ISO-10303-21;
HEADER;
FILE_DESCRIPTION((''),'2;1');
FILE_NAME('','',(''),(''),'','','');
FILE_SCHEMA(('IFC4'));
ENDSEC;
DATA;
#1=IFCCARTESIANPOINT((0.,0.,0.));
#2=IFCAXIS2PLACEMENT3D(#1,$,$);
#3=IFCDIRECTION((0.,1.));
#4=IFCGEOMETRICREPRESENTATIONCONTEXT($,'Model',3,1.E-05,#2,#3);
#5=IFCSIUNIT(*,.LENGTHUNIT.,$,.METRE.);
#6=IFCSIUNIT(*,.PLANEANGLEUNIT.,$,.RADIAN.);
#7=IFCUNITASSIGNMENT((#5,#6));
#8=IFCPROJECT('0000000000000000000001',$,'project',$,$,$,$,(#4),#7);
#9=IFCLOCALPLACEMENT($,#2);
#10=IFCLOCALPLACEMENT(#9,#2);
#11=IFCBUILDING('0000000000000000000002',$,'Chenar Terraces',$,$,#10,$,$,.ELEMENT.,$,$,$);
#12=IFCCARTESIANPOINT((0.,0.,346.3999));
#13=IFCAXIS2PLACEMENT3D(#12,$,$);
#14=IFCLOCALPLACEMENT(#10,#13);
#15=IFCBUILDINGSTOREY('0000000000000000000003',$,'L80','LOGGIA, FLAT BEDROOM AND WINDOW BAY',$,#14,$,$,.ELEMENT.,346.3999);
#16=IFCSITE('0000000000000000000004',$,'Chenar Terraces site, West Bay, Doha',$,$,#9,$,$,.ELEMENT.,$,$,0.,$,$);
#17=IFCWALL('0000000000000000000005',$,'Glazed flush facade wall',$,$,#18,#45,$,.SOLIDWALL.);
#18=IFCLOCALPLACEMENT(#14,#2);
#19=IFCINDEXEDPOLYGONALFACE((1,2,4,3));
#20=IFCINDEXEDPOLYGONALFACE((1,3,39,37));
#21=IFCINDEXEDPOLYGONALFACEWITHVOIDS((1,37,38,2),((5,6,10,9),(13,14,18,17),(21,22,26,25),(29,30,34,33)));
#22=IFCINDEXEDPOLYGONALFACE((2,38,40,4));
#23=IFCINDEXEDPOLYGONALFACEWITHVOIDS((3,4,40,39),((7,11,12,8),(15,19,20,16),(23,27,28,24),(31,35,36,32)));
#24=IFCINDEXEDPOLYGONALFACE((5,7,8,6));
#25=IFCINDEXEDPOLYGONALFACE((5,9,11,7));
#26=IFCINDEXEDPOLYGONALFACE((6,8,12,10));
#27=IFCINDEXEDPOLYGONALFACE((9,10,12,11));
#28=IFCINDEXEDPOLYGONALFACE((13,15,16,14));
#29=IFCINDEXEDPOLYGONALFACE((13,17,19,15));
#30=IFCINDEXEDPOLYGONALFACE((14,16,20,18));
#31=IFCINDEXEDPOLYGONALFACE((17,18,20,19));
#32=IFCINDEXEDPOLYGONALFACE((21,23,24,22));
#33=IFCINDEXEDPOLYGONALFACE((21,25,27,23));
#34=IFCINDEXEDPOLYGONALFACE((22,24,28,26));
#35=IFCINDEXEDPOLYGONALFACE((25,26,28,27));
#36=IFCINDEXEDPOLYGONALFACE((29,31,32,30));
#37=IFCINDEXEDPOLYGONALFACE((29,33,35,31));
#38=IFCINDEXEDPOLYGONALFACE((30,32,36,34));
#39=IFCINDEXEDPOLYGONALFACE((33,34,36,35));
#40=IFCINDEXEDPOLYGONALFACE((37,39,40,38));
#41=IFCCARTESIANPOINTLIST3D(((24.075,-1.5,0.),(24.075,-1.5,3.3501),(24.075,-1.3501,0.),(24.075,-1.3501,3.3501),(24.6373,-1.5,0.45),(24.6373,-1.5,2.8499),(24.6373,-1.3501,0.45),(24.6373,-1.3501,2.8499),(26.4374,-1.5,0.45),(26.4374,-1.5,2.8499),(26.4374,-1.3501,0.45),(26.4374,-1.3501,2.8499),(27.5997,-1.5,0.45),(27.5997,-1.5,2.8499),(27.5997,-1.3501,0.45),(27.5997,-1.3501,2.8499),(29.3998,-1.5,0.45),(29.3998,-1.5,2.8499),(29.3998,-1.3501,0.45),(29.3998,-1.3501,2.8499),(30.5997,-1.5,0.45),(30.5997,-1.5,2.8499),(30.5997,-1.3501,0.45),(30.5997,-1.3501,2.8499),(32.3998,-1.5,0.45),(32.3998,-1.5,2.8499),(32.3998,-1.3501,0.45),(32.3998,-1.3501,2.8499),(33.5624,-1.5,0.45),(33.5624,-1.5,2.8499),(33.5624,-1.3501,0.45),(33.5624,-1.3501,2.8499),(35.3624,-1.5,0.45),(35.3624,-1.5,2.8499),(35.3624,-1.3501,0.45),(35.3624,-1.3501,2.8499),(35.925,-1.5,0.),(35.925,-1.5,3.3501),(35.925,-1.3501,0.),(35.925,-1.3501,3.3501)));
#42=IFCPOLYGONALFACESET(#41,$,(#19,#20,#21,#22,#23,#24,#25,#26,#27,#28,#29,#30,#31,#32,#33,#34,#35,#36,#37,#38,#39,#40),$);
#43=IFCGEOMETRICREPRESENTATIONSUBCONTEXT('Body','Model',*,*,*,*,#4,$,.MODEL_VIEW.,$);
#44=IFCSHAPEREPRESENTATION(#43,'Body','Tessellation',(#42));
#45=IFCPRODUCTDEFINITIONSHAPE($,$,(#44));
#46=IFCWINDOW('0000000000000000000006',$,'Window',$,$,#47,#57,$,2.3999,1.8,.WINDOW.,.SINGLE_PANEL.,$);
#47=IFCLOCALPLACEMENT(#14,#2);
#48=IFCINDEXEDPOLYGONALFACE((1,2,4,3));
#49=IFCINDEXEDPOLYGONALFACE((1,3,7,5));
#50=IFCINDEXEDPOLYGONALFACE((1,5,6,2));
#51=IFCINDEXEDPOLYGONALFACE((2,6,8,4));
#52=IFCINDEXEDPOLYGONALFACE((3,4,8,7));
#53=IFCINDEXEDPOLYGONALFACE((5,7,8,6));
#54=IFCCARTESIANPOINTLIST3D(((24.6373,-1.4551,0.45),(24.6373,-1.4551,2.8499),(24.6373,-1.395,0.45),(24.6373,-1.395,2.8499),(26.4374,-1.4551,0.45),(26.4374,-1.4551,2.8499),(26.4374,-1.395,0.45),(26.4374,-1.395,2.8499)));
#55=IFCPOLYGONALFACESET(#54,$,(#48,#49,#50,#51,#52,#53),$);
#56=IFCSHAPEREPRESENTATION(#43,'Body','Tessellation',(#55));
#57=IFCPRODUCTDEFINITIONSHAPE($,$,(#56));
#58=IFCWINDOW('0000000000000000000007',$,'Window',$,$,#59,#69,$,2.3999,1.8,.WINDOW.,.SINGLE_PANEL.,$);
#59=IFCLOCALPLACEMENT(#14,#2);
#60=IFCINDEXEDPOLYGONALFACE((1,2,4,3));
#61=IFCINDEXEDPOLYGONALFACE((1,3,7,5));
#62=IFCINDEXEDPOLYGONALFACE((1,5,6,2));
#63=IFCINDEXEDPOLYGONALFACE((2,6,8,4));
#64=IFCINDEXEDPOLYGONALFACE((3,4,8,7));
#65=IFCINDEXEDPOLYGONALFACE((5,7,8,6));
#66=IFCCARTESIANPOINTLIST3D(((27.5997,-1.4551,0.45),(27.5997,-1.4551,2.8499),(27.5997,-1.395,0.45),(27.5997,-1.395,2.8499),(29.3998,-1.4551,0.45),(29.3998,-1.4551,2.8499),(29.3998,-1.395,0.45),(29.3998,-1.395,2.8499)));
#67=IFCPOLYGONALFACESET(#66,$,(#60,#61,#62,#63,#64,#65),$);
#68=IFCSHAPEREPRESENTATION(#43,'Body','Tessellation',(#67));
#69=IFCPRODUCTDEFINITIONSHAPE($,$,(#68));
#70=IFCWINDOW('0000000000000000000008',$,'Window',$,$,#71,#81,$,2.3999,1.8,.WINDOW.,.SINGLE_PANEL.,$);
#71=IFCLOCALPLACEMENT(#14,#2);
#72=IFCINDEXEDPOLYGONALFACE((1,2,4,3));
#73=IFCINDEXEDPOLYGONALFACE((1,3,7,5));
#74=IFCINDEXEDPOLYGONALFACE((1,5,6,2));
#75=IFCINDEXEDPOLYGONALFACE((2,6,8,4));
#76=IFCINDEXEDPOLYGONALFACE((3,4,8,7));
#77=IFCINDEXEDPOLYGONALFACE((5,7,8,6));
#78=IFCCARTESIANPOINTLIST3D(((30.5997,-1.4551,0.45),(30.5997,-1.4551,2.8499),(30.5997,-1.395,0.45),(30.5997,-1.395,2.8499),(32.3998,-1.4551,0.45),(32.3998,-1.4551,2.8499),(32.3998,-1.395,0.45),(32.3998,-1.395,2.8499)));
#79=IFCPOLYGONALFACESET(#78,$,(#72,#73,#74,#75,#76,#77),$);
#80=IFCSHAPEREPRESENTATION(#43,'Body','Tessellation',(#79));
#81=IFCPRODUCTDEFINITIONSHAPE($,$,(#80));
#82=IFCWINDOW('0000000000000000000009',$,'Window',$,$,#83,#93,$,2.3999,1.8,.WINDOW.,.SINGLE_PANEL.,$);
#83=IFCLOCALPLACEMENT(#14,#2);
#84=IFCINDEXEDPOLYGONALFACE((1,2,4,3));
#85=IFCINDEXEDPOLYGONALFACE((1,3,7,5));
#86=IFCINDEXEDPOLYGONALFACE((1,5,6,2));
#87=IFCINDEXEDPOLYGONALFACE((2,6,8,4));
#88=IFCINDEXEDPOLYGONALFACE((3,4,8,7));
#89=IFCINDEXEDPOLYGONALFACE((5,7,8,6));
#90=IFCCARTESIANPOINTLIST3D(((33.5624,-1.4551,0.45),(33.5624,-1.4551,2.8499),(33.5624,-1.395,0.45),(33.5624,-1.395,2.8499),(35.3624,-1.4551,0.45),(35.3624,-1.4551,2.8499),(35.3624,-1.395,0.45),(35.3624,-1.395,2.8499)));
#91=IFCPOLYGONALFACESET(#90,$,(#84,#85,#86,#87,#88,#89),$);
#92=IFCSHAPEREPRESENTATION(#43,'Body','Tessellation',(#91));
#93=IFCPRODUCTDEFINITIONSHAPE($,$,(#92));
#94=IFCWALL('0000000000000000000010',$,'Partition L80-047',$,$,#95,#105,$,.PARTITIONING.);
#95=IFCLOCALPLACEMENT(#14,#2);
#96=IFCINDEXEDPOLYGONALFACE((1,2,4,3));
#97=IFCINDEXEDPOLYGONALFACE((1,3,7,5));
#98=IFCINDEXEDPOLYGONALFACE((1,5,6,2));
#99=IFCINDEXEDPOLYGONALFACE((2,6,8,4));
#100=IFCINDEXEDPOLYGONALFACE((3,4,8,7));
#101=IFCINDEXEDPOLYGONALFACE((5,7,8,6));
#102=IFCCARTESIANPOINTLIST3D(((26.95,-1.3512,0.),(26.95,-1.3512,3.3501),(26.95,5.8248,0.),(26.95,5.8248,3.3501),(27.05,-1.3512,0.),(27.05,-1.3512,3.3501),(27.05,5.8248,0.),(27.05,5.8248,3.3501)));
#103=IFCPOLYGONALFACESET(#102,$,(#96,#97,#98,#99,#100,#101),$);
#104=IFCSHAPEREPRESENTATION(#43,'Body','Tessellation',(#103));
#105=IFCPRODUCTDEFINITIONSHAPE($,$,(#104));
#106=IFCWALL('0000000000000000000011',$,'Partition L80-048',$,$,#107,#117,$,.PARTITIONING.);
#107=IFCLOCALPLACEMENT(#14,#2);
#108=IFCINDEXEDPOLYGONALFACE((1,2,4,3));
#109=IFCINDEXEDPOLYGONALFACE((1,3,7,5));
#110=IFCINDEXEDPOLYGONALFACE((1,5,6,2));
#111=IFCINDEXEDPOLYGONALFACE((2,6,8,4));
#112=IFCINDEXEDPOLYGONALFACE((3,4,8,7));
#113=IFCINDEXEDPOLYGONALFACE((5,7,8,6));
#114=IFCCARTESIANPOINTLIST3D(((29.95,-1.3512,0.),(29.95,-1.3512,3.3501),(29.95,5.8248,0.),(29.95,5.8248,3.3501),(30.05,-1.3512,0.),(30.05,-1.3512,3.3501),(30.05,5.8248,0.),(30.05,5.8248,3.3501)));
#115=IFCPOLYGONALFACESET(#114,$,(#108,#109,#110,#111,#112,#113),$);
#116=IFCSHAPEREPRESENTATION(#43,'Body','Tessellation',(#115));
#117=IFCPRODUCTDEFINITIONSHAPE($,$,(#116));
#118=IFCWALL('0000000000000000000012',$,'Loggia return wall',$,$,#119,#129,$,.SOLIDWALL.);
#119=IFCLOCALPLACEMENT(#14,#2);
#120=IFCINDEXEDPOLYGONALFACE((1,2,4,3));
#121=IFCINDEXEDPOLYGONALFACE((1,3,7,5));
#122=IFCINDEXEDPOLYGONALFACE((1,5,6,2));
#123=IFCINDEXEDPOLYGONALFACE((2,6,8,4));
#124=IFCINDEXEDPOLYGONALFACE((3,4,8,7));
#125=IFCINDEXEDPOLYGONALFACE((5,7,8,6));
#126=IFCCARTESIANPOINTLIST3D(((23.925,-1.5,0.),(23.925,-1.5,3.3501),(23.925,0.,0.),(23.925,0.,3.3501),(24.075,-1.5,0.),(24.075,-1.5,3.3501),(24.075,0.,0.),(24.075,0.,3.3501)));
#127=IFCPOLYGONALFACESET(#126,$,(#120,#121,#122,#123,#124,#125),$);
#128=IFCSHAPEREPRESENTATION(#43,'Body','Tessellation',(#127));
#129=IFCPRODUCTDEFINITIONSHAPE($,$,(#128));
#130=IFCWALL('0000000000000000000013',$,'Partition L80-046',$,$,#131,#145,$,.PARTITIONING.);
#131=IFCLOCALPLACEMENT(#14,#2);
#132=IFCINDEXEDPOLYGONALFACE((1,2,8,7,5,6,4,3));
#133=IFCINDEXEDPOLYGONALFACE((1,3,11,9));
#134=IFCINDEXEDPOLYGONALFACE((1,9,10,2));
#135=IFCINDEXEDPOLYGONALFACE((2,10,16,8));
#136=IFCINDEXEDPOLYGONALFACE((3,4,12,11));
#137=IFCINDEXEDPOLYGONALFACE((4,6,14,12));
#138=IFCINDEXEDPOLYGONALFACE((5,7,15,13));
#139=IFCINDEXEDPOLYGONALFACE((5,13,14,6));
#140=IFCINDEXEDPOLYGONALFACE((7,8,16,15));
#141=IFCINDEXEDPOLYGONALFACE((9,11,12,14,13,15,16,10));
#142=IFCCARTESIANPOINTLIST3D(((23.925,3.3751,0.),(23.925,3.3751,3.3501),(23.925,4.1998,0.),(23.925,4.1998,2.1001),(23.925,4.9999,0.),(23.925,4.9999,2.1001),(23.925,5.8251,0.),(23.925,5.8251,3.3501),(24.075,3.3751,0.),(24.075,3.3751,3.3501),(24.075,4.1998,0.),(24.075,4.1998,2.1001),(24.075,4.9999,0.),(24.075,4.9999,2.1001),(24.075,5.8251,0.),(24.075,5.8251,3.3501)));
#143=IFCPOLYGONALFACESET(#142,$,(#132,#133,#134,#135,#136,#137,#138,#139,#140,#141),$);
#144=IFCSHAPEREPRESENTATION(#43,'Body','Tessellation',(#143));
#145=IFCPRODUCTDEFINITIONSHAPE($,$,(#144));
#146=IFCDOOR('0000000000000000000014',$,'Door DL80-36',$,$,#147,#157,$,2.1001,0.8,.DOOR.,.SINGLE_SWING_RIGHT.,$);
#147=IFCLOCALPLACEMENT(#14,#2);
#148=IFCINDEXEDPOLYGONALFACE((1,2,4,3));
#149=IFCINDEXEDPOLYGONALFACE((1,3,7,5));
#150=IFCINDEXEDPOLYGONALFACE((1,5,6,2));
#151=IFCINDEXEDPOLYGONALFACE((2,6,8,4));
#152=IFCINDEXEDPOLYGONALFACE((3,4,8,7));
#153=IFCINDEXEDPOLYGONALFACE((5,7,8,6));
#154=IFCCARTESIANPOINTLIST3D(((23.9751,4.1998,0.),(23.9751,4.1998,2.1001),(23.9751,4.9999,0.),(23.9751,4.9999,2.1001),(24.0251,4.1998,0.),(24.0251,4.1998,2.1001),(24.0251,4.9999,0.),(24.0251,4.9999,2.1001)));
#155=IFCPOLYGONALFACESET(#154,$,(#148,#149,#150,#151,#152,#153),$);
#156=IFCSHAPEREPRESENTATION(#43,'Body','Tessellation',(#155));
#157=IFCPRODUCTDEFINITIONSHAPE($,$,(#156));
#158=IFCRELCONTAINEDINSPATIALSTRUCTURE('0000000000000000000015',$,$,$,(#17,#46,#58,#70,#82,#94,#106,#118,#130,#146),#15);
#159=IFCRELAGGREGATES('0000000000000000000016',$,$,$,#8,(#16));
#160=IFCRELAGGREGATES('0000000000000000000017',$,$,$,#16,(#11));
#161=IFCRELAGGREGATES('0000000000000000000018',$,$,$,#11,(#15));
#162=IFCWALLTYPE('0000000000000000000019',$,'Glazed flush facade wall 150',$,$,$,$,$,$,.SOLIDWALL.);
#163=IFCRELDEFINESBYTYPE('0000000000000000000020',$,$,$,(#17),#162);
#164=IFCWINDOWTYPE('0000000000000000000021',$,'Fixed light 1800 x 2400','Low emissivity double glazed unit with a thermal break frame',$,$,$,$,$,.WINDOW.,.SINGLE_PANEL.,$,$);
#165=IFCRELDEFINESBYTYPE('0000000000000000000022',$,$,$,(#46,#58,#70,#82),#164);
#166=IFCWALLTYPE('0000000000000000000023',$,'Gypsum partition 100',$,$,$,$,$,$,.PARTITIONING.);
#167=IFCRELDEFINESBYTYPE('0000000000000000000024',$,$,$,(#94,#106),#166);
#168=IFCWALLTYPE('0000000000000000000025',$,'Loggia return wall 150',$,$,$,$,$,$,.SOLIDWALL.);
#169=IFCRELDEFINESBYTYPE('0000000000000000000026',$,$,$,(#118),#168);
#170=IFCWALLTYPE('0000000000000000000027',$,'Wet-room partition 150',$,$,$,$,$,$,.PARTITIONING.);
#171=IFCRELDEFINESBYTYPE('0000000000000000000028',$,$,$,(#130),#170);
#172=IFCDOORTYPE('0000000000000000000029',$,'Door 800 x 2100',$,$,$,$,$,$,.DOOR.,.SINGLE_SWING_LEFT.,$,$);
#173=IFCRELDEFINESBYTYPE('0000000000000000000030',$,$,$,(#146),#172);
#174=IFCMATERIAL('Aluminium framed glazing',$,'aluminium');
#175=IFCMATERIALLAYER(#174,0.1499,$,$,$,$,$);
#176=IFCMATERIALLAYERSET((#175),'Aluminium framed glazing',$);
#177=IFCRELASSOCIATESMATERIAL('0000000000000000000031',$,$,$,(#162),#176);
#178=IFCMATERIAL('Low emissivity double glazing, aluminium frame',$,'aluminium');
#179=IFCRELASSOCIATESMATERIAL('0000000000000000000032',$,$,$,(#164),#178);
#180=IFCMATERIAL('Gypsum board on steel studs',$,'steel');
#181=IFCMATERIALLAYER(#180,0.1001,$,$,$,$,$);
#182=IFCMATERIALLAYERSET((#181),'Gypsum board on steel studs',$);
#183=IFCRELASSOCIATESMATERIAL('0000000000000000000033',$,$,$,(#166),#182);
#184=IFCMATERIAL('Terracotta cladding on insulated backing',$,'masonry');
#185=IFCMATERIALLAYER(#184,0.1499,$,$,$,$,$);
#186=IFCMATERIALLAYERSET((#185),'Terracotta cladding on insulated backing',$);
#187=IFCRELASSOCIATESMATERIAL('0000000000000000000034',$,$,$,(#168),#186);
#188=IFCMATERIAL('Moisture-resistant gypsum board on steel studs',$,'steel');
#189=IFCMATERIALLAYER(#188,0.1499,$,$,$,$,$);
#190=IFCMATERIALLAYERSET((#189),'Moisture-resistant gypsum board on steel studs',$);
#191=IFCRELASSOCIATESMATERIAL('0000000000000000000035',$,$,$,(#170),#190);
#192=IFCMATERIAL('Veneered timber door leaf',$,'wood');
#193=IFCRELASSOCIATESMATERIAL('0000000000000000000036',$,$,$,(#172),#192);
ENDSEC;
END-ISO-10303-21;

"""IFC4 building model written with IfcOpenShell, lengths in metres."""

from ifc_helpers import new_model, si_unit, direction, frame, frame_2d, origin, place, context, subcontext, project, spatial, rectangle, extrude, material, layer, layer_set, type_object, element, fill, save


model = new_model("IFC4")

# Units and contexts
model_context = context("Model", 3, precision=1e-05, world=origin(), true_north=direction((0.0, 1.0)))
body_context = subcontext(model_context, "Body", "Model", "MODEL_VIEW")
ifc_project = project(units=[si_unit("LENGTHUNIT", "METRE"), si_unit("PLANEANGLEUNIT", "RADIAN")], contexts=[model_context])

# Site, building, storey
site_placement = place(None, origin())
site = spatial("IfcSite", under=ifc_project, at=site_placement, Name="Chenar Terraces site, West Bay, Doha", CompositionType="ELEMENT", RefElevation=0.0)
building_placement = place(site_placement, origin())
building = spatial("IfcBuilding", under=site, at=building_placement, Name="Chenar Terraces", CompositionType="ELEMENT")
storey_placement = place(building_placement, frame((0.0, 0.0, 346.3999)))
storey = spatial("IfcBuildingStorey", under=building, at=storey_placement, Name="L80", Description="LOGGIA, FLAT BEDROOM AND WINDOW BAY", CompositionType="ELEMENT", Elevation=346.3999)

# Wall, openings, windows
ifc_material_1 = material(Name="Aluminium framed glazing", Category="aluminium")
ifc_layer_1 = layer(ifc_material_1, 0.1499)
ifc_layer_set_1 = layer_set([ifc_layer_1], Name="Aluminium framed glazing")
wall_type_1 = type_object("IfcWallType", Name="Glazed flush facade wall 150", PredefinedType="SOLIDWALL", material=ifc_layer_set_1)
wall_1_placement = place(storey_placement, frame((24.075, -1.425, 0.0), z_axis=(0.0, 0.0, 1.0), x_axis=(1.0, 0.0, 0.0)))
wall_1 = element("IfcWall", 1, at=wall_1_placement, inside=storey, type_object=wall_type_1, Name="Glazed flush facade wall", PredefinedType="SOLIDWALL", context=body_context, shape_type="SweptSolid", body=[
    extrude(rectangle(XDim=11.8501, YDim=0.1499, at=frame_2d((5.925, 0.0))), origin(), (0.0, 0.0, 1.0), 3.3501),
])
opening_1_placement = place(wall_1_placement, frame((0.5625, 0.0, 0.45)))
opening_1 = element("IfcOpeningElement", 2, at=opening_1_placement, cuts=wall_1, PredefinedType="OPENING", context=body_context, shape_type="SweptSolid", body=[
    extrude(rectangle(XDim=1.8, YDim=2.3999, at=frame_2d((0.8999, 1.2))), frame((0.0, 0.085, 0.0), z_axis=(0.0, -1.0, 0.0), x_axis=(1.0, 0.0, 0.0)), (0.0, 0.0, 1.0), 0.1699),
])
opening_2_placement = place(wall_1_placement, frame((3.5249, 0.0, 0.45)))
opening_2 = element("IfcOpeningElement", 3, at=opening_2_placement, cuts=wall_1, PredefinedType="OPENING", context=body_context, shape_type="SweptSolid", body=[
    extrude(rectangle(XDim=1.8, YDim=2.3999, at=frame_2d((0.8999, 1.2))), frame((0.0, 0.085, 0.0), z_axis=(0.0, -1.0, 0.0), x_axis=(1.0, 0.0, 0.0)), (0.0, 0.0, 1.0), 0.1699),
])
opening_3_placement = place(wall_1_placement, frame((6.5249, 0.0, 0.45)))
opening_3 = element("IfcOpeningElement", 4, at=opening_3_placement, cuts=wall_1, PredefinedType="OPENING", context=body_context, shape_type="SweptSolid", body=[
    extrude(rectangle(XDim=1.8, YDim=2.3999, at=frame_2d((0.8999, 1.2))), frame((0.0, 0.085, 0.0), z_axis=(0.0, -1.0, 0.0), x_axis=(1.0, 0.0, 0.0)), (0.0, 0.0, 1.0), 0.1699),
])
opening_4_placement = place(wall_1_placement, frame((9.4875, 0.0, 0.45)))
opening_4 = element("IfcOpeningElement", 5, at=opening_4_placement, cuts=wall_1, PredefinedType="OPENING", context=body_context, shape_type="SweptSolid", body=[
    extrude(rectangle(XDim=1.8, YDim=2.3999, at=frame_2d((0.8999, 1.2))), frame((0.0, 0.085, 0.0), z_axis=(0.0, -1.0, 0.0), x_axis=(1.0, 0.0, 0.0)), (0.0, 0.0, 1.0), 0.1699),
])
ifc_material_2 = material(Name="Low emissivity double glazing, aluminium frame", Category="aluminium")
window_type = type_object("IfcWindowType", Name="Fixed light 1800 x 2400", Description="Low emissivity double glazed unit with a thermal break frame", PartitioningType="SINGLE_PANEL", PredefinedType="WINDOW", material=ifc_material_2)
window_1_placement = place(opening_1_placement, origin())
window_1 = element("IfcWindow", 6, at=window_1_placement, inside=storey, type_object=window_type, Name="Window", OverallHeight=2.3999, OverallWidth=1.8, PartitioningType="SINGLE_PANEL", PredefinedType="WINDOW", context=body_context, shape_type="SweptSolid", body=[
    extrude(rectangle(XDim=1.8, YDim=2.3999, at=frame_2d((0.8999, 1.2))), frame((0.0, 0.03, 0.0), z_axis=(0.0, -1.0, 0.0), x_axis=(1.0, 0.0, 0.0)), (0.0, 0.0, 1.0), 0.0601),
])
fill(opening_1, window_1)
window_2_placement = place(opening_2_placement, origin())
window_2 = element("IfcWindow", 7, at=window_2_placement, inside=storey, type_object=window_type, Name="Window", OverallHeight=2.3999, OverallWidth=1.8, PartitioningType="SINGLE_PANEL", PredefinedType="WINDOW", context=body_context, shape_type="SweptSolid", body=[
    extrude(rectangle(XDim=1.8, YDim=2.3999, at=frame_2d((0.8999, 1.2))), frame((0.0, 0.03, 0.0), z_axis=(0.0, -1.0, 0.0), x_axis=(1.0, 0.0, 0.0)), (0.0, 0.0, 1.0), 0.0601),
])
fill(opening_2, window_2)
window_3_placement = place(opening_3_placement, origin())
window_3 = element("IfcWindow", 8, at=window_3_placement, inside=storey, type_object=window_type, Name="Window", OverallHeight=2.3999, OverallWidth=1.8, PartitioningType="SINGLE_PANEL", PredefinedType="WINDOW", context=body_context, shape_type="SweptSolid", body=[
    extrude(rectangle(XDim=1.8, YDim=2.3999, at=frame_2d((0.8999, 1.2))), frame((0.0, 0.03, 0.0), z_axis=(0.0, -1.0, 0.0), x_axis=(1.0, 0.0, 0.0)), (0.0, 0.0, 1.0), 0.0601),
])
fill(opening_3, window_3)
window_4_placement = place(opening_4_placement, origin())
window_4 = element("IfcWindow", 9, at=window_4_placement, inside=storey, type_object=window_type, Name="Window", OverallHeight=2.3999, OverallWidth=1.8, PartitioningType="SINGLE_PANEL", PredefinedType="WINDOW", context=body_context, shape_type="SweptSolid", body=[
    extrude(rectangle(XDim=1.8, YDim=2.3999, at=frame_2d((0.8999, 1.2))), frame((0.0, 0.03, 0.0), z_axis=(0.0, -1.0, 0.0), x_axis=(1.0, 0.0, 0.0)), (0.0, 0.0, 1.0), 0.0601),
])
fill(opening_4, window_4)

# Walls
ifc_material_3 = material(Name="Gypsum board on steel studs", Category="steel")
ifc_layer_2 = layer(ifc_material_3, 0.1001)
ifc_layer_set_2 = layer_set([ifc_layer_2], Name="Gypsum board on steel studs")
wall_type_2 = type_object("IfcWallType", Name="Gypsum partition 100", PredefinedType="PARTITIONING", material=ifc_layer_set_2)
for number, where, z_axis, x_axis, name in (
    (10, (27.0, -1.3511, 0.0), (0.0, 0.0, 1.0), (0.0, 1.0, 0.0), "Partition L80-047"),
    (11, (30.0, -1.3511, 0.0), (0.0, 0.0, 1.0), (0.0, 1.0, 0.0), "Partition L80-048"),
):
    element("IfcWall", number, at=place(storey_placement, frame(where, z_axis=z_axis, x_axis=x_axis)), inside=storey, type_object=wall_type_2, Name=name, PredefinedType="PARTITIONING", context=body_context, shape_type="SweptSolid", body=[
        extrude(rectangle(XDim=7.176, YDim=0.1001, at=frame_2d((3.5879, 0.0))), origin(), (0.0, 0.0, 1.0), 3.3501),
    ])
ifc_material_4 = material(Name="Terracotta cladding on insulated backing", Category="masonry")
ifc_layer_3 = layer(ifc_material_4, 0.1499)
ifc_layer_set_3 = layer_set([ifc_layer_3], Name="Terracotta cladding on insulated backing")
wall_type_3 = type_object("IfcWallType", Name="Loggia return wall 150", PredefinedType="SOLIDWALL", material=ifc_layer_set_3)
wall_2_placement = place(storey_placement, frame((24.0, -1.5, 0.0), z_axis=(0.0, 0.0, 1.0), x_axis=(0.0, 1.0, 0.0)))
element("IfcWall", 12, at=wall_2_placement, inside=storey, type_object=wall_type_3, Name="Loggia return wall", PredefinedType="SOLIDWALL", context=body_context, shape_type="SweptSolid", body=[
    extrude(rectangle(XDim=1.5, YDim=0.1499, at=frame_2d((0.75, 0.0))), origin(), (0.0, 0.0, 1.0), 3.3501),
])

# Wall, opening, door
ifc_material_5 = material(Name="Moisture-resistant gypsum board on steel studs", Category="steel")
ifc_layer_4 = layer(ifc_material_5, 0.1499)
ifc_layer_set_4 = layer_set([ifc_layer_4], Name="Moisture-resistant gypsum board on steel studs")
wall_type_4 = type_object("IfcWallType", Name="Wet-room partition 150", PredefinedType="PARTITIONING", material=ifc_layer_set_4)
wall_3_placement = place(storey_placement, frame((24.0, 3.375, 0.0), z_axis=(0.0, 0.0, 1.0), x_axis=(0.0, 1.0, 0.0)))
wall_3 = element("IfcWall", 13, at=wall_3_placement, inside=storey, type_object=wall_type_4, Name="Partition L80-046", PredefinedType="PARTITIONING", context=body_context, shape_type="SweptSolid", body=[
    extrude(rectangle(XDim=2.45, YDim=0.1499, at=frame_2d((1.2251, 0.0))), origin(), (0.0, 0.0, 1.0), 3.3501),
])
opening_5_placement = place(wall_3_placement, frame((0.825, 0.0, 0.0)))
opening_5 = element("IfcOpeningElement", 14, at=opening_5_placement, cuts=wall_3, PredefinedType="OPENING", context=body_context, shape_type="SweptSolid", body=[
    extrude(rectangle(XDim=0.8, YDim=2.1001, at=frame_2d((0.3999, 1.05))), frame((0.0, 0.085, 0.0), z_axis=(0.0, -1.0, 0.0), x_axis=(1.0, 0.0, 0.0)), (0.0, 0.0, 1.0), 0.1699),
])
ifc_material_6 = material(Name="Veneered timber door leaf", Category="wood")
door_type = type_object("IfcDoorType", Name="Door 800 x 2100", OperationType="SINGLE_SWING_LEFT", PredefinedType="DOOR", material=ifc_material_6)
door_placement = place(opening_5_placement, origin())
door = element("IfcDoor", 15, at=door_placement, inside=storey, type_object=door_type, Name="Door DL80-36", OperationType="SINGLE_SWING_RIGHT", OverallHeight=2.1001, OverallWidth=0.8, PredefinedType="DOOR", context=body_context, shape_type="SweptSolid", body=[
    extrude(rectangle(XDim=0.8, YDim=2.1001, at=frame_2d((0.3999, 1.05))), frame((0.0, 0.0249, 0.0), z_axis=(0.0, -1.0, 0.0), x_axis=(1.0, 0.0, 0.0)), (0.0, 0.0, 1.0), 0.05),
])
fill(opening_5, door)

save(model, "model.ifc")
